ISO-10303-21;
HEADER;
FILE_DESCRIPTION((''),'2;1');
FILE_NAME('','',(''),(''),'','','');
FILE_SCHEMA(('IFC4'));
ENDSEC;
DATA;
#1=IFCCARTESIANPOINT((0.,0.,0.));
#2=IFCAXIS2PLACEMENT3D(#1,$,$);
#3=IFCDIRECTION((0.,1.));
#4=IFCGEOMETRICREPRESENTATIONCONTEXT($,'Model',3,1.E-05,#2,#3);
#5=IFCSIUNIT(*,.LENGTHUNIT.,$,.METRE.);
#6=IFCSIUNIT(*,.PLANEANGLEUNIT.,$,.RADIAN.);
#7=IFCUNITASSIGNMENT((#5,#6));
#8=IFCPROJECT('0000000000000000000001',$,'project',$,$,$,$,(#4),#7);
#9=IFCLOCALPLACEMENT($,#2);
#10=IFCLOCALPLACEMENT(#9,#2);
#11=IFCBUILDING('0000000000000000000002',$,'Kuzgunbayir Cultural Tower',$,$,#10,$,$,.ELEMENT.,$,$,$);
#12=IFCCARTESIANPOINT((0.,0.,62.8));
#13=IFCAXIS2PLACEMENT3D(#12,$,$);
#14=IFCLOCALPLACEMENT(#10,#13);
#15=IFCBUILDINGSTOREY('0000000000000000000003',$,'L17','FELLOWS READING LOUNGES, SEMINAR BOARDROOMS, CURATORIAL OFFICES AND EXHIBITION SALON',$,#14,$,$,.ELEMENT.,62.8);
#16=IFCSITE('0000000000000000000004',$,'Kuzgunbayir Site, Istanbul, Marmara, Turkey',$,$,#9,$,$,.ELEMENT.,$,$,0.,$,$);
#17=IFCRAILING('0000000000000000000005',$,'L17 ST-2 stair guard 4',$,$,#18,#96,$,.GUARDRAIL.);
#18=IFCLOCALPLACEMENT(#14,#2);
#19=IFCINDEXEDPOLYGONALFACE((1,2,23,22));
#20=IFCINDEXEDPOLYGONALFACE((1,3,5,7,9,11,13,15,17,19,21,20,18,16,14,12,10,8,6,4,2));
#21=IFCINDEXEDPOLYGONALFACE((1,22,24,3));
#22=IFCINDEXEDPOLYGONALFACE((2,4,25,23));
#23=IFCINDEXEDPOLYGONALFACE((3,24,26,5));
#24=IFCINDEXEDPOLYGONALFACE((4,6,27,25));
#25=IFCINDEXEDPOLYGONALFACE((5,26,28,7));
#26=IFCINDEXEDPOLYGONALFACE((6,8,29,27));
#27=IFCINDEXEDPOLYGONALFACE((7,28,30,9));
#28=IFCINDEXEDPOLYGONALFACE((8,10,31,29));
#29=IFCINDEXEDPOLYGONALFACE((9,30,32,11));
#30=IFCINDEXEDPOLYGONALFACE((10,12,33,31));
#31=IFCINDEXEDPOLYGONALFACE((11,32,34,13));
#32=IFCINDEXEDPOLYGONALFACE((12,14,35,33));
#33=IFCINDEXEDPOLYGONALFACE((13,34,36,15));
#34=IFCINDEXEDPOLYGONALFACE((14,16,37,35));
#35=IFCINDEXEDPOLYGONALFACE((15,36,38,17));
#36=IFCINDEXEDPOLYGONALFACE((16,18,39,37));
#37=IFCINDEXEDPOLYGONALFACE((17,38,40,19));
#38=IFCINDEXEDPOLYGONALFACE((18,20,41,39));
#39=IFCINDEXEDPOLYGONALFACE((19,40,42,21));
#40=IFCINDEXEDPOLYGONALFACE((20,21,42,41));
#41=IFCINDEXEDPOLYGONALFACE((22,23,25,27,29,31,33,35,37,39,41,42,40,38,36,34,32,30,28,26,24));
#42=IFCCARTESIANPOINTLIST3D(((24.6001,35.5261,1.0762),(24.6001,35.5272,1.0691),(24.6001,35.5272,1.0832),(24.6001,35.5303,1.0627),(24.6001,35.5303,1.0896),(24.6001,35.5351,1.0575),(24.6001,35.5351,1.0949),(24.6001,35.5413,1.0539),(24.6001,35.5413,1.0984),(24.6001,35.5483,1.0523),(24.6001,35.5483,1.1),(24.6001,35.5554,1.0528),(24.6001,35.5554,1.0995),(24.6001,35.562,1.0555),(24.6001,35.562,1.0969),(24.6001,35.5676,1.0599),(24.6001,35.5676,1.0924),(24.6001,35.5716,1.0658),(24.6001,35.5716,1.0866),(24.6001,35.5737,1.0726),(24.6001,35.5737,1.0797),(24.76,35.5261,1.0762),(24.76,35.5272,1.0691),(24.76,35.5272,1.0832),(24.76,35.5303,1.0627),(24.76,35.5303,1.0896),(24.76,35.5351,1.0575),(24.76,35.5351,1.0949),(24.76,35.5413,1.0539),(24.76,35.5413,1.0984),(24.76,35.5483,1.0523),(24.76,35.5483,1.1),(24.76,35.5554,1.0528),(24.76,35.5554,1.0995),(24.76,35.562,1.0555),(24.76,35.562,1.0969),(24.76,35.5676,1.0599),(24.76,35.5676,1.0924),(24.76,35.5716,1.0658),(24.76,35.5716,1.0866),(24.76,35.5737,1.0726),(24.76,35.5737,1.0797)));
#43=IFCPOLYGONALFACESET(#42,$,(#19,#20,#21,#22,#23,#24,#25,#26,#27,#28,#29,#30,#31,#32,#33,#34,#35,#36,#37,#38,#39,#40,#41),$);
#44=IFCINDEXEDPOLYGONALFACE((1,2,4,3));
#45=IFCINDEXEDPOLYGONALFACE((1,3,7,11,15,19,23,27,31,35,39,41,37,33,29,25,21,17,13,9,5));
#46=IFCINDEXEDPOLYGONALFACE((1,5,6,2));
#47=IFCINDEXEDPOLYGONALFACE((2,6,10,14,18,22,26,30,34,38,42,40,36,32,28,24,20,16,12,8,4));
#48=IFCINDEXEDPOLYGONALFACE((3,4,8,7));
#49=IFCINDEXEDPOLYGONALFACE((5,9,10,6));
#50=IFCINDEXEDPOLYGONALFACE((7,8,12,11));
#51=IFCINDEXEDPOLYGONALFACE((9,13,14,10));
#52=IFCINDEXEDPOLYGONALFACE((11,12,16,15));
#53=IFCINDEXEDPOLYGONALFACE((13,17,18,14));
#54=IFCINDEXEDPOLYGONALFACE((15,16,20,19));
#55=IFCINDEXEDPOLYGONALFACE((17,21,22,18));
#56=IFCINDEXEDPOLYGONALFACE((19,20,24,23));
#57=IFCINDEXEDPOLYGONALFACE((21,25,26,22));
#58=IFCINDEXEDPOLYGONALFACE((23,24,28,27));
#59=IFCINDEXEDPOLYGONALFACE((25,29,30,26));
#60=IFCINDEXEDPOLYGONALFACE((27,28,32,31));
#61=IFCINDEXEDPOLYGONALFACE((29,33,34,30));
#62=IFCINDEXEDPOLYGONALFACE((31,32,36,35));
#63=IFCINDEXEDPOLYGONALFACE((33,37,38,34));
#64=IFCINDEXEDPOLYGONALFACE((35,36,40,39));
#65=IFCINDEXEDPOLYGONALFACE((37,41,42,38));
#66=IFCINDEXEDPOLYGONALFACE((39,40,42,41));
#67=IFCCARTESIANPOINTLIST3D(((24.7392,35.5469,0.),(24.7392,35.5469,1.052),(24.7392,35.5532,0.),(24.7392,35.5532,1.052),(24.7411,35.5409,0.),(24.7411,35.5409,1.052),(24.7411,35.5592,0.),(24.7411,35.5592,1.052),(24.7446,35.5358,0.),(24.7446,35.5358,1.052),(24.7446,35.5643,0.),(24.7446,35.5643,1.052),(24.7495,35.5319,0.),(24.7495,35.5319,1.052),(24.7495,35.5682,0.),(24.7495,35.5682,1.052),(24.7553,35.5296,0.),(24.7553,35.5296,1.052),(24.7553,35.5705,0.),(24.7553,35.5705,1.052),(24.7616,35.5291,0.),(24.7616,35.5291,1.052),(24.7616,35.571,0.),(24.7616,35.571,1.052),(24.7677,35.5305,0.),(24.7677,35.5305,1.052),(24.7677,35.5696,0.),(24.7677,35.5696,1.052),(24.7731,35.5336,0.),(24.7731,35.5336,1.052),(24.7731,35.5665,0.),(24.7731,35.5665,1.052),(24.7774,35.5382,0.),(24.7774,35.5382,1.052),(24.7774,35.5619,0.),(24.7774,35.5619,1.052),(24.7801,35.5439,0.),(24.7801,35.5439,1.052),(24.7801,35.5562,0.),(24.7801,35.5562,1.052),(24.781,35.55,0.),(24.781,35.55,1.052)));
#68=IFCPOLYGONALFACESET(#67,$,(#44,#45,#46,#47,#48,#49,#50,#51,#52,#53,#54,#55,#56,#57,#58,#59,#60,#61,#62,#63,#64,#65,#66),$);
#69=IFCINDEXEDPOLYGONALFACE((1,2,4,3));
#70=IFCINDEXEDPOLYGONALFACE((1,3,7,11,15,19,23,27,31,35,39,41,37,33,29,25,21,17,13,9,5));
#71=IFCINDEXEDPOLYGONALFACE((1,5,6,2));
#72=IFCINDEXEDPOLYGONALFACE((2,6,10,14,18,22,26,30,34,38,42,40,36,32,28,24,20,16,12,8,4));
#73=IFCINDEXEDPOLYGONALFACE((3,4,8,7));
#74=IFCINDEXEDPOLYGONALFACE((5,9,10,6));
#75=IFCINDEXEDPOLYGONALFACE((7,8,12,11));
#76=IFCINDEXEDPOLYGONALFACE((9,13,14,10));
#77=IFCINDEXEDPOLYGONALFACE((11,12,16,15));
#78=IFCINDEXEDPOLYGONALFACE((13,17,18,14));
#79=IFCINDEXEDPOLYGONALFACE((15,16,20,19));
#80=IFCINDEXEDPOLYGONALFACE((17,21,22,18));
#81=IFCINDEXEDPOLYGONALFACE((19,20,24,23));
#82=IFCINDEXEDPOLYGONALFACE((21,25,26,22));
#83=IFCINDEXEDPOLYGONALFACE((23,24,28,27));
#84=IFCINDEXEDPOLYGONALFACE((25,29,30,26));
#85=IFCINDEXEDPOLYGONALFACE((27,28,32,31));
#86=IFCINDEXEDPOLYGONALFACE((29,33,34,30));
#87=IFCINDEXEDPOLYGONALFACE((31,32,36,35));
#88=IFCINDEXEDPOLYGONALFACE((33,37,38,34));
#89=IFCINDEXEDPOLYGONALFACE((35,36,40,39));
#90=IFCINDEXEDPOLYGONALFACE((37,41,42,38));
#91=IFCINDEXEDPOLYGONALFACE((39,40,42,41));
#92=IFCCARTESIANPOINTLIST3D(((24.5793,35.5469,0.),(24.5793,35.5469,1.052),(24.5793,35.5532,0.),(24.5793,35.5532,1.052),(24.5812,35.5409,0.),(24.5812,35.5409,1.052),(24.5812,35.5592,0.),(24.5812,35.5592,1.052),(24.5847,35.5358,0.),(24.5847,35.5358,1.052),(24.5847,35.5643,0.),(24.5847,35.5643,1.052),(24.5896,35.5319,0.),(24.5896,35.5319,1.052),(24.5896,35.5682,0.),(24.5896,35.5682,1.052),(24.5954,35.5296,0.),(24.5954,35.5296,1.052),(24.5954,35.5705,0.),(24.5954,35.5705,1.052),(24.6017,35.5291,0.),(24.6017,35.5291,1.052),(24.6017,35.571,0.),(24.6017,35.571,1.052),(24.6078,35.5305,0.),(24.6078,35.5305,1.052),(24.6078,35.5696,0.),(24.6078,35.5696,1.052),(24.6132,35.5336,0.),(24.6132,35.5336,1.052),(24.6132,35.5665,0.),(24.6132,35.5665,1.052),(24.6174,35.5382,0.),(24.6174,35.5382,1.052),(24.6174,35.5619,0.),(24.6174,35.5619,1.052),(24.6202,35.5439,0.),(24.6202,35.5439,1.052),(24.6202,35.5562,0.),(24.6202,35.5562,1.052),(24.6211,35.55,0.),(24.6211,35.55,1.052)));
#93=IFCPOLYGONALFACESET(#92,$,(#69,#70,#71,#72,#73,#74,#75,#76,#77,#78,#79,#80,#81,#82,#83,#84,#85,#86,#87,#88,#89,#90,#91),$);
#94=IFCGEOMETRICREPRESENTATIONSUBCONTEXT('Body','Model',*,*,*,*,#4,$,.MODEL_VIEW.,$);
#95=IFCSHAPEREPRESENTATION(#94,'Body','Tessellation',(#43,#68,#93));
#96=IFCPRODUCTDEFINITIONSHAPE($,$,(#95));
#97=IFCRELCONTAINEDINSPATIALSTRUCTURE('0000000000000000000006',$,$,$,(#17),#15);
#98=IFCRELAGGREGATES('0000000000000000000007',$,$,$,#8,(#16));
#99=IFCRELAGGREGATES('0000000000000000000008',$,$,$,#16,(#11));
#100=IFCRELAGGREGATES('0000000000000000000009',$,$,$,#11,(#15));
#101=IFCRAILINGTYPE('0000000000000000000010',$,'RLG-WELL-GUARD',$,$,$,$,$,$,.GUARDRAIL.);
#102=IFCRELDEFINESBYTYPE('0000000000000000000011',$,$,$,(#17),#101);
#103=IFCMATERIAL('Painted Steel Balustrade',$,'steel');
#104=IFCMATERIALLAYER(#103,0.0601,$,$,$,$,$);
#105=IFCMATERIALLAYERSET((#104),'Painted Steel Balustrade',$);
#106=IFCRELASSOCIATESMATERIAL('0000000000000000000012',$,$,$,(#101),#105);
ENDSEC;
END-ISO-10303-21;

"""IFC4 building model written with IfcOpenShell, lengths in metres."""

from ifc_helpers import new_model, si_unit, direction, frame, origin, origin_2d, place, context, subcontext, project, spatial, circle, extrude, material, layer, layer_set, type_object, element, save


model = new_model("IFC4")

# Units and contexts
model_context = context("Model", 3, precision=1e-05, world=origin(), true_north=direction((0.0, 1.0)))
body_context = subcontext(model_context, "Body", "Model", "MODEL_VIEW")
ifc_project = project(units=[si_unit("LENGTHUNIT", "METRE"), si_unit("PLANEANGLEUNIT", "RADIAN")], contexts=[model_context])

# Site, building, storey
site_placement = place(None, origin())
site = spatial("IfcSite", under=ifc_project, at=site_placement, Name="Kuzgunbayir Site, Istanbul, Marmara, Turkey", CompositionType="ELEMENT", RefElevation=0.0)
building_placement = place(site_placement, origin())
building = spatial("IfcBuilding", under=site, at=building_placement, Name="Kuzgunbayir Cultural Tower", CompositionType="ELEMENT")
storey_placement = place(building_placement, frame((0.0, 0.0, 62.8)))
storey = spatial("IfcBuildingStorey", under=building, at=storey_placement, Name="L17", Description="FELLOWS READING LOUNGES, SEMINAR BOARDROOMS, CURATORIAL OFFICES AND EXHIBITION SALON", CompositionType="ELEMENT", Elevation=62.8)

# Railing
ifc_material_1 = material(Name="Painted Steel Balustrade", Category="steel")
ifc_layer_1 = layer(ifc_material_1, 0.0601)
ifc_layer_set_1 = layer_set([ifc_layer_1], Name="Painted Steel Balustrade")
railing_type_1 = type_object("IfcRailingType", Name="RLG-WELL-GUARD", PredefinedType="GUARDRAIL", material=ifc_layer_set_1)
railing_1_placement = place(storey_placement, frame((24.76, 35.55, 0.0)))
element("IfcRailing", 1, at=railing_1_placement, inside=storey, type_object=railing_type_1, Name="L17 ST-2 stair guard 4", PredefinedType="GUARDRAIL", context=body_context, shape_type="SweptSolid", body=[
    extrude(circle(Radius=0.0239, at=origin_2d()), frame((0.0, 0.0, 1.0762), z_axis=(-1.0, 0.0, 0.0), x_axis=(0.0, -1.0, 0.0)), (0.0, 0.0, 1.0), 0.1599),
    extrude(circle(Radius=0.021, at=origin_2d()), origin(), (0.0, 0.0, 1.0), 1.052),
    extrude(circle(Radius=0.021, at=origin_2d()), frame((-0.1599, 0.0, 0.0)), (0.0, 0.0, 1.0), 1.052),
])

save(model, "model.ifc")
